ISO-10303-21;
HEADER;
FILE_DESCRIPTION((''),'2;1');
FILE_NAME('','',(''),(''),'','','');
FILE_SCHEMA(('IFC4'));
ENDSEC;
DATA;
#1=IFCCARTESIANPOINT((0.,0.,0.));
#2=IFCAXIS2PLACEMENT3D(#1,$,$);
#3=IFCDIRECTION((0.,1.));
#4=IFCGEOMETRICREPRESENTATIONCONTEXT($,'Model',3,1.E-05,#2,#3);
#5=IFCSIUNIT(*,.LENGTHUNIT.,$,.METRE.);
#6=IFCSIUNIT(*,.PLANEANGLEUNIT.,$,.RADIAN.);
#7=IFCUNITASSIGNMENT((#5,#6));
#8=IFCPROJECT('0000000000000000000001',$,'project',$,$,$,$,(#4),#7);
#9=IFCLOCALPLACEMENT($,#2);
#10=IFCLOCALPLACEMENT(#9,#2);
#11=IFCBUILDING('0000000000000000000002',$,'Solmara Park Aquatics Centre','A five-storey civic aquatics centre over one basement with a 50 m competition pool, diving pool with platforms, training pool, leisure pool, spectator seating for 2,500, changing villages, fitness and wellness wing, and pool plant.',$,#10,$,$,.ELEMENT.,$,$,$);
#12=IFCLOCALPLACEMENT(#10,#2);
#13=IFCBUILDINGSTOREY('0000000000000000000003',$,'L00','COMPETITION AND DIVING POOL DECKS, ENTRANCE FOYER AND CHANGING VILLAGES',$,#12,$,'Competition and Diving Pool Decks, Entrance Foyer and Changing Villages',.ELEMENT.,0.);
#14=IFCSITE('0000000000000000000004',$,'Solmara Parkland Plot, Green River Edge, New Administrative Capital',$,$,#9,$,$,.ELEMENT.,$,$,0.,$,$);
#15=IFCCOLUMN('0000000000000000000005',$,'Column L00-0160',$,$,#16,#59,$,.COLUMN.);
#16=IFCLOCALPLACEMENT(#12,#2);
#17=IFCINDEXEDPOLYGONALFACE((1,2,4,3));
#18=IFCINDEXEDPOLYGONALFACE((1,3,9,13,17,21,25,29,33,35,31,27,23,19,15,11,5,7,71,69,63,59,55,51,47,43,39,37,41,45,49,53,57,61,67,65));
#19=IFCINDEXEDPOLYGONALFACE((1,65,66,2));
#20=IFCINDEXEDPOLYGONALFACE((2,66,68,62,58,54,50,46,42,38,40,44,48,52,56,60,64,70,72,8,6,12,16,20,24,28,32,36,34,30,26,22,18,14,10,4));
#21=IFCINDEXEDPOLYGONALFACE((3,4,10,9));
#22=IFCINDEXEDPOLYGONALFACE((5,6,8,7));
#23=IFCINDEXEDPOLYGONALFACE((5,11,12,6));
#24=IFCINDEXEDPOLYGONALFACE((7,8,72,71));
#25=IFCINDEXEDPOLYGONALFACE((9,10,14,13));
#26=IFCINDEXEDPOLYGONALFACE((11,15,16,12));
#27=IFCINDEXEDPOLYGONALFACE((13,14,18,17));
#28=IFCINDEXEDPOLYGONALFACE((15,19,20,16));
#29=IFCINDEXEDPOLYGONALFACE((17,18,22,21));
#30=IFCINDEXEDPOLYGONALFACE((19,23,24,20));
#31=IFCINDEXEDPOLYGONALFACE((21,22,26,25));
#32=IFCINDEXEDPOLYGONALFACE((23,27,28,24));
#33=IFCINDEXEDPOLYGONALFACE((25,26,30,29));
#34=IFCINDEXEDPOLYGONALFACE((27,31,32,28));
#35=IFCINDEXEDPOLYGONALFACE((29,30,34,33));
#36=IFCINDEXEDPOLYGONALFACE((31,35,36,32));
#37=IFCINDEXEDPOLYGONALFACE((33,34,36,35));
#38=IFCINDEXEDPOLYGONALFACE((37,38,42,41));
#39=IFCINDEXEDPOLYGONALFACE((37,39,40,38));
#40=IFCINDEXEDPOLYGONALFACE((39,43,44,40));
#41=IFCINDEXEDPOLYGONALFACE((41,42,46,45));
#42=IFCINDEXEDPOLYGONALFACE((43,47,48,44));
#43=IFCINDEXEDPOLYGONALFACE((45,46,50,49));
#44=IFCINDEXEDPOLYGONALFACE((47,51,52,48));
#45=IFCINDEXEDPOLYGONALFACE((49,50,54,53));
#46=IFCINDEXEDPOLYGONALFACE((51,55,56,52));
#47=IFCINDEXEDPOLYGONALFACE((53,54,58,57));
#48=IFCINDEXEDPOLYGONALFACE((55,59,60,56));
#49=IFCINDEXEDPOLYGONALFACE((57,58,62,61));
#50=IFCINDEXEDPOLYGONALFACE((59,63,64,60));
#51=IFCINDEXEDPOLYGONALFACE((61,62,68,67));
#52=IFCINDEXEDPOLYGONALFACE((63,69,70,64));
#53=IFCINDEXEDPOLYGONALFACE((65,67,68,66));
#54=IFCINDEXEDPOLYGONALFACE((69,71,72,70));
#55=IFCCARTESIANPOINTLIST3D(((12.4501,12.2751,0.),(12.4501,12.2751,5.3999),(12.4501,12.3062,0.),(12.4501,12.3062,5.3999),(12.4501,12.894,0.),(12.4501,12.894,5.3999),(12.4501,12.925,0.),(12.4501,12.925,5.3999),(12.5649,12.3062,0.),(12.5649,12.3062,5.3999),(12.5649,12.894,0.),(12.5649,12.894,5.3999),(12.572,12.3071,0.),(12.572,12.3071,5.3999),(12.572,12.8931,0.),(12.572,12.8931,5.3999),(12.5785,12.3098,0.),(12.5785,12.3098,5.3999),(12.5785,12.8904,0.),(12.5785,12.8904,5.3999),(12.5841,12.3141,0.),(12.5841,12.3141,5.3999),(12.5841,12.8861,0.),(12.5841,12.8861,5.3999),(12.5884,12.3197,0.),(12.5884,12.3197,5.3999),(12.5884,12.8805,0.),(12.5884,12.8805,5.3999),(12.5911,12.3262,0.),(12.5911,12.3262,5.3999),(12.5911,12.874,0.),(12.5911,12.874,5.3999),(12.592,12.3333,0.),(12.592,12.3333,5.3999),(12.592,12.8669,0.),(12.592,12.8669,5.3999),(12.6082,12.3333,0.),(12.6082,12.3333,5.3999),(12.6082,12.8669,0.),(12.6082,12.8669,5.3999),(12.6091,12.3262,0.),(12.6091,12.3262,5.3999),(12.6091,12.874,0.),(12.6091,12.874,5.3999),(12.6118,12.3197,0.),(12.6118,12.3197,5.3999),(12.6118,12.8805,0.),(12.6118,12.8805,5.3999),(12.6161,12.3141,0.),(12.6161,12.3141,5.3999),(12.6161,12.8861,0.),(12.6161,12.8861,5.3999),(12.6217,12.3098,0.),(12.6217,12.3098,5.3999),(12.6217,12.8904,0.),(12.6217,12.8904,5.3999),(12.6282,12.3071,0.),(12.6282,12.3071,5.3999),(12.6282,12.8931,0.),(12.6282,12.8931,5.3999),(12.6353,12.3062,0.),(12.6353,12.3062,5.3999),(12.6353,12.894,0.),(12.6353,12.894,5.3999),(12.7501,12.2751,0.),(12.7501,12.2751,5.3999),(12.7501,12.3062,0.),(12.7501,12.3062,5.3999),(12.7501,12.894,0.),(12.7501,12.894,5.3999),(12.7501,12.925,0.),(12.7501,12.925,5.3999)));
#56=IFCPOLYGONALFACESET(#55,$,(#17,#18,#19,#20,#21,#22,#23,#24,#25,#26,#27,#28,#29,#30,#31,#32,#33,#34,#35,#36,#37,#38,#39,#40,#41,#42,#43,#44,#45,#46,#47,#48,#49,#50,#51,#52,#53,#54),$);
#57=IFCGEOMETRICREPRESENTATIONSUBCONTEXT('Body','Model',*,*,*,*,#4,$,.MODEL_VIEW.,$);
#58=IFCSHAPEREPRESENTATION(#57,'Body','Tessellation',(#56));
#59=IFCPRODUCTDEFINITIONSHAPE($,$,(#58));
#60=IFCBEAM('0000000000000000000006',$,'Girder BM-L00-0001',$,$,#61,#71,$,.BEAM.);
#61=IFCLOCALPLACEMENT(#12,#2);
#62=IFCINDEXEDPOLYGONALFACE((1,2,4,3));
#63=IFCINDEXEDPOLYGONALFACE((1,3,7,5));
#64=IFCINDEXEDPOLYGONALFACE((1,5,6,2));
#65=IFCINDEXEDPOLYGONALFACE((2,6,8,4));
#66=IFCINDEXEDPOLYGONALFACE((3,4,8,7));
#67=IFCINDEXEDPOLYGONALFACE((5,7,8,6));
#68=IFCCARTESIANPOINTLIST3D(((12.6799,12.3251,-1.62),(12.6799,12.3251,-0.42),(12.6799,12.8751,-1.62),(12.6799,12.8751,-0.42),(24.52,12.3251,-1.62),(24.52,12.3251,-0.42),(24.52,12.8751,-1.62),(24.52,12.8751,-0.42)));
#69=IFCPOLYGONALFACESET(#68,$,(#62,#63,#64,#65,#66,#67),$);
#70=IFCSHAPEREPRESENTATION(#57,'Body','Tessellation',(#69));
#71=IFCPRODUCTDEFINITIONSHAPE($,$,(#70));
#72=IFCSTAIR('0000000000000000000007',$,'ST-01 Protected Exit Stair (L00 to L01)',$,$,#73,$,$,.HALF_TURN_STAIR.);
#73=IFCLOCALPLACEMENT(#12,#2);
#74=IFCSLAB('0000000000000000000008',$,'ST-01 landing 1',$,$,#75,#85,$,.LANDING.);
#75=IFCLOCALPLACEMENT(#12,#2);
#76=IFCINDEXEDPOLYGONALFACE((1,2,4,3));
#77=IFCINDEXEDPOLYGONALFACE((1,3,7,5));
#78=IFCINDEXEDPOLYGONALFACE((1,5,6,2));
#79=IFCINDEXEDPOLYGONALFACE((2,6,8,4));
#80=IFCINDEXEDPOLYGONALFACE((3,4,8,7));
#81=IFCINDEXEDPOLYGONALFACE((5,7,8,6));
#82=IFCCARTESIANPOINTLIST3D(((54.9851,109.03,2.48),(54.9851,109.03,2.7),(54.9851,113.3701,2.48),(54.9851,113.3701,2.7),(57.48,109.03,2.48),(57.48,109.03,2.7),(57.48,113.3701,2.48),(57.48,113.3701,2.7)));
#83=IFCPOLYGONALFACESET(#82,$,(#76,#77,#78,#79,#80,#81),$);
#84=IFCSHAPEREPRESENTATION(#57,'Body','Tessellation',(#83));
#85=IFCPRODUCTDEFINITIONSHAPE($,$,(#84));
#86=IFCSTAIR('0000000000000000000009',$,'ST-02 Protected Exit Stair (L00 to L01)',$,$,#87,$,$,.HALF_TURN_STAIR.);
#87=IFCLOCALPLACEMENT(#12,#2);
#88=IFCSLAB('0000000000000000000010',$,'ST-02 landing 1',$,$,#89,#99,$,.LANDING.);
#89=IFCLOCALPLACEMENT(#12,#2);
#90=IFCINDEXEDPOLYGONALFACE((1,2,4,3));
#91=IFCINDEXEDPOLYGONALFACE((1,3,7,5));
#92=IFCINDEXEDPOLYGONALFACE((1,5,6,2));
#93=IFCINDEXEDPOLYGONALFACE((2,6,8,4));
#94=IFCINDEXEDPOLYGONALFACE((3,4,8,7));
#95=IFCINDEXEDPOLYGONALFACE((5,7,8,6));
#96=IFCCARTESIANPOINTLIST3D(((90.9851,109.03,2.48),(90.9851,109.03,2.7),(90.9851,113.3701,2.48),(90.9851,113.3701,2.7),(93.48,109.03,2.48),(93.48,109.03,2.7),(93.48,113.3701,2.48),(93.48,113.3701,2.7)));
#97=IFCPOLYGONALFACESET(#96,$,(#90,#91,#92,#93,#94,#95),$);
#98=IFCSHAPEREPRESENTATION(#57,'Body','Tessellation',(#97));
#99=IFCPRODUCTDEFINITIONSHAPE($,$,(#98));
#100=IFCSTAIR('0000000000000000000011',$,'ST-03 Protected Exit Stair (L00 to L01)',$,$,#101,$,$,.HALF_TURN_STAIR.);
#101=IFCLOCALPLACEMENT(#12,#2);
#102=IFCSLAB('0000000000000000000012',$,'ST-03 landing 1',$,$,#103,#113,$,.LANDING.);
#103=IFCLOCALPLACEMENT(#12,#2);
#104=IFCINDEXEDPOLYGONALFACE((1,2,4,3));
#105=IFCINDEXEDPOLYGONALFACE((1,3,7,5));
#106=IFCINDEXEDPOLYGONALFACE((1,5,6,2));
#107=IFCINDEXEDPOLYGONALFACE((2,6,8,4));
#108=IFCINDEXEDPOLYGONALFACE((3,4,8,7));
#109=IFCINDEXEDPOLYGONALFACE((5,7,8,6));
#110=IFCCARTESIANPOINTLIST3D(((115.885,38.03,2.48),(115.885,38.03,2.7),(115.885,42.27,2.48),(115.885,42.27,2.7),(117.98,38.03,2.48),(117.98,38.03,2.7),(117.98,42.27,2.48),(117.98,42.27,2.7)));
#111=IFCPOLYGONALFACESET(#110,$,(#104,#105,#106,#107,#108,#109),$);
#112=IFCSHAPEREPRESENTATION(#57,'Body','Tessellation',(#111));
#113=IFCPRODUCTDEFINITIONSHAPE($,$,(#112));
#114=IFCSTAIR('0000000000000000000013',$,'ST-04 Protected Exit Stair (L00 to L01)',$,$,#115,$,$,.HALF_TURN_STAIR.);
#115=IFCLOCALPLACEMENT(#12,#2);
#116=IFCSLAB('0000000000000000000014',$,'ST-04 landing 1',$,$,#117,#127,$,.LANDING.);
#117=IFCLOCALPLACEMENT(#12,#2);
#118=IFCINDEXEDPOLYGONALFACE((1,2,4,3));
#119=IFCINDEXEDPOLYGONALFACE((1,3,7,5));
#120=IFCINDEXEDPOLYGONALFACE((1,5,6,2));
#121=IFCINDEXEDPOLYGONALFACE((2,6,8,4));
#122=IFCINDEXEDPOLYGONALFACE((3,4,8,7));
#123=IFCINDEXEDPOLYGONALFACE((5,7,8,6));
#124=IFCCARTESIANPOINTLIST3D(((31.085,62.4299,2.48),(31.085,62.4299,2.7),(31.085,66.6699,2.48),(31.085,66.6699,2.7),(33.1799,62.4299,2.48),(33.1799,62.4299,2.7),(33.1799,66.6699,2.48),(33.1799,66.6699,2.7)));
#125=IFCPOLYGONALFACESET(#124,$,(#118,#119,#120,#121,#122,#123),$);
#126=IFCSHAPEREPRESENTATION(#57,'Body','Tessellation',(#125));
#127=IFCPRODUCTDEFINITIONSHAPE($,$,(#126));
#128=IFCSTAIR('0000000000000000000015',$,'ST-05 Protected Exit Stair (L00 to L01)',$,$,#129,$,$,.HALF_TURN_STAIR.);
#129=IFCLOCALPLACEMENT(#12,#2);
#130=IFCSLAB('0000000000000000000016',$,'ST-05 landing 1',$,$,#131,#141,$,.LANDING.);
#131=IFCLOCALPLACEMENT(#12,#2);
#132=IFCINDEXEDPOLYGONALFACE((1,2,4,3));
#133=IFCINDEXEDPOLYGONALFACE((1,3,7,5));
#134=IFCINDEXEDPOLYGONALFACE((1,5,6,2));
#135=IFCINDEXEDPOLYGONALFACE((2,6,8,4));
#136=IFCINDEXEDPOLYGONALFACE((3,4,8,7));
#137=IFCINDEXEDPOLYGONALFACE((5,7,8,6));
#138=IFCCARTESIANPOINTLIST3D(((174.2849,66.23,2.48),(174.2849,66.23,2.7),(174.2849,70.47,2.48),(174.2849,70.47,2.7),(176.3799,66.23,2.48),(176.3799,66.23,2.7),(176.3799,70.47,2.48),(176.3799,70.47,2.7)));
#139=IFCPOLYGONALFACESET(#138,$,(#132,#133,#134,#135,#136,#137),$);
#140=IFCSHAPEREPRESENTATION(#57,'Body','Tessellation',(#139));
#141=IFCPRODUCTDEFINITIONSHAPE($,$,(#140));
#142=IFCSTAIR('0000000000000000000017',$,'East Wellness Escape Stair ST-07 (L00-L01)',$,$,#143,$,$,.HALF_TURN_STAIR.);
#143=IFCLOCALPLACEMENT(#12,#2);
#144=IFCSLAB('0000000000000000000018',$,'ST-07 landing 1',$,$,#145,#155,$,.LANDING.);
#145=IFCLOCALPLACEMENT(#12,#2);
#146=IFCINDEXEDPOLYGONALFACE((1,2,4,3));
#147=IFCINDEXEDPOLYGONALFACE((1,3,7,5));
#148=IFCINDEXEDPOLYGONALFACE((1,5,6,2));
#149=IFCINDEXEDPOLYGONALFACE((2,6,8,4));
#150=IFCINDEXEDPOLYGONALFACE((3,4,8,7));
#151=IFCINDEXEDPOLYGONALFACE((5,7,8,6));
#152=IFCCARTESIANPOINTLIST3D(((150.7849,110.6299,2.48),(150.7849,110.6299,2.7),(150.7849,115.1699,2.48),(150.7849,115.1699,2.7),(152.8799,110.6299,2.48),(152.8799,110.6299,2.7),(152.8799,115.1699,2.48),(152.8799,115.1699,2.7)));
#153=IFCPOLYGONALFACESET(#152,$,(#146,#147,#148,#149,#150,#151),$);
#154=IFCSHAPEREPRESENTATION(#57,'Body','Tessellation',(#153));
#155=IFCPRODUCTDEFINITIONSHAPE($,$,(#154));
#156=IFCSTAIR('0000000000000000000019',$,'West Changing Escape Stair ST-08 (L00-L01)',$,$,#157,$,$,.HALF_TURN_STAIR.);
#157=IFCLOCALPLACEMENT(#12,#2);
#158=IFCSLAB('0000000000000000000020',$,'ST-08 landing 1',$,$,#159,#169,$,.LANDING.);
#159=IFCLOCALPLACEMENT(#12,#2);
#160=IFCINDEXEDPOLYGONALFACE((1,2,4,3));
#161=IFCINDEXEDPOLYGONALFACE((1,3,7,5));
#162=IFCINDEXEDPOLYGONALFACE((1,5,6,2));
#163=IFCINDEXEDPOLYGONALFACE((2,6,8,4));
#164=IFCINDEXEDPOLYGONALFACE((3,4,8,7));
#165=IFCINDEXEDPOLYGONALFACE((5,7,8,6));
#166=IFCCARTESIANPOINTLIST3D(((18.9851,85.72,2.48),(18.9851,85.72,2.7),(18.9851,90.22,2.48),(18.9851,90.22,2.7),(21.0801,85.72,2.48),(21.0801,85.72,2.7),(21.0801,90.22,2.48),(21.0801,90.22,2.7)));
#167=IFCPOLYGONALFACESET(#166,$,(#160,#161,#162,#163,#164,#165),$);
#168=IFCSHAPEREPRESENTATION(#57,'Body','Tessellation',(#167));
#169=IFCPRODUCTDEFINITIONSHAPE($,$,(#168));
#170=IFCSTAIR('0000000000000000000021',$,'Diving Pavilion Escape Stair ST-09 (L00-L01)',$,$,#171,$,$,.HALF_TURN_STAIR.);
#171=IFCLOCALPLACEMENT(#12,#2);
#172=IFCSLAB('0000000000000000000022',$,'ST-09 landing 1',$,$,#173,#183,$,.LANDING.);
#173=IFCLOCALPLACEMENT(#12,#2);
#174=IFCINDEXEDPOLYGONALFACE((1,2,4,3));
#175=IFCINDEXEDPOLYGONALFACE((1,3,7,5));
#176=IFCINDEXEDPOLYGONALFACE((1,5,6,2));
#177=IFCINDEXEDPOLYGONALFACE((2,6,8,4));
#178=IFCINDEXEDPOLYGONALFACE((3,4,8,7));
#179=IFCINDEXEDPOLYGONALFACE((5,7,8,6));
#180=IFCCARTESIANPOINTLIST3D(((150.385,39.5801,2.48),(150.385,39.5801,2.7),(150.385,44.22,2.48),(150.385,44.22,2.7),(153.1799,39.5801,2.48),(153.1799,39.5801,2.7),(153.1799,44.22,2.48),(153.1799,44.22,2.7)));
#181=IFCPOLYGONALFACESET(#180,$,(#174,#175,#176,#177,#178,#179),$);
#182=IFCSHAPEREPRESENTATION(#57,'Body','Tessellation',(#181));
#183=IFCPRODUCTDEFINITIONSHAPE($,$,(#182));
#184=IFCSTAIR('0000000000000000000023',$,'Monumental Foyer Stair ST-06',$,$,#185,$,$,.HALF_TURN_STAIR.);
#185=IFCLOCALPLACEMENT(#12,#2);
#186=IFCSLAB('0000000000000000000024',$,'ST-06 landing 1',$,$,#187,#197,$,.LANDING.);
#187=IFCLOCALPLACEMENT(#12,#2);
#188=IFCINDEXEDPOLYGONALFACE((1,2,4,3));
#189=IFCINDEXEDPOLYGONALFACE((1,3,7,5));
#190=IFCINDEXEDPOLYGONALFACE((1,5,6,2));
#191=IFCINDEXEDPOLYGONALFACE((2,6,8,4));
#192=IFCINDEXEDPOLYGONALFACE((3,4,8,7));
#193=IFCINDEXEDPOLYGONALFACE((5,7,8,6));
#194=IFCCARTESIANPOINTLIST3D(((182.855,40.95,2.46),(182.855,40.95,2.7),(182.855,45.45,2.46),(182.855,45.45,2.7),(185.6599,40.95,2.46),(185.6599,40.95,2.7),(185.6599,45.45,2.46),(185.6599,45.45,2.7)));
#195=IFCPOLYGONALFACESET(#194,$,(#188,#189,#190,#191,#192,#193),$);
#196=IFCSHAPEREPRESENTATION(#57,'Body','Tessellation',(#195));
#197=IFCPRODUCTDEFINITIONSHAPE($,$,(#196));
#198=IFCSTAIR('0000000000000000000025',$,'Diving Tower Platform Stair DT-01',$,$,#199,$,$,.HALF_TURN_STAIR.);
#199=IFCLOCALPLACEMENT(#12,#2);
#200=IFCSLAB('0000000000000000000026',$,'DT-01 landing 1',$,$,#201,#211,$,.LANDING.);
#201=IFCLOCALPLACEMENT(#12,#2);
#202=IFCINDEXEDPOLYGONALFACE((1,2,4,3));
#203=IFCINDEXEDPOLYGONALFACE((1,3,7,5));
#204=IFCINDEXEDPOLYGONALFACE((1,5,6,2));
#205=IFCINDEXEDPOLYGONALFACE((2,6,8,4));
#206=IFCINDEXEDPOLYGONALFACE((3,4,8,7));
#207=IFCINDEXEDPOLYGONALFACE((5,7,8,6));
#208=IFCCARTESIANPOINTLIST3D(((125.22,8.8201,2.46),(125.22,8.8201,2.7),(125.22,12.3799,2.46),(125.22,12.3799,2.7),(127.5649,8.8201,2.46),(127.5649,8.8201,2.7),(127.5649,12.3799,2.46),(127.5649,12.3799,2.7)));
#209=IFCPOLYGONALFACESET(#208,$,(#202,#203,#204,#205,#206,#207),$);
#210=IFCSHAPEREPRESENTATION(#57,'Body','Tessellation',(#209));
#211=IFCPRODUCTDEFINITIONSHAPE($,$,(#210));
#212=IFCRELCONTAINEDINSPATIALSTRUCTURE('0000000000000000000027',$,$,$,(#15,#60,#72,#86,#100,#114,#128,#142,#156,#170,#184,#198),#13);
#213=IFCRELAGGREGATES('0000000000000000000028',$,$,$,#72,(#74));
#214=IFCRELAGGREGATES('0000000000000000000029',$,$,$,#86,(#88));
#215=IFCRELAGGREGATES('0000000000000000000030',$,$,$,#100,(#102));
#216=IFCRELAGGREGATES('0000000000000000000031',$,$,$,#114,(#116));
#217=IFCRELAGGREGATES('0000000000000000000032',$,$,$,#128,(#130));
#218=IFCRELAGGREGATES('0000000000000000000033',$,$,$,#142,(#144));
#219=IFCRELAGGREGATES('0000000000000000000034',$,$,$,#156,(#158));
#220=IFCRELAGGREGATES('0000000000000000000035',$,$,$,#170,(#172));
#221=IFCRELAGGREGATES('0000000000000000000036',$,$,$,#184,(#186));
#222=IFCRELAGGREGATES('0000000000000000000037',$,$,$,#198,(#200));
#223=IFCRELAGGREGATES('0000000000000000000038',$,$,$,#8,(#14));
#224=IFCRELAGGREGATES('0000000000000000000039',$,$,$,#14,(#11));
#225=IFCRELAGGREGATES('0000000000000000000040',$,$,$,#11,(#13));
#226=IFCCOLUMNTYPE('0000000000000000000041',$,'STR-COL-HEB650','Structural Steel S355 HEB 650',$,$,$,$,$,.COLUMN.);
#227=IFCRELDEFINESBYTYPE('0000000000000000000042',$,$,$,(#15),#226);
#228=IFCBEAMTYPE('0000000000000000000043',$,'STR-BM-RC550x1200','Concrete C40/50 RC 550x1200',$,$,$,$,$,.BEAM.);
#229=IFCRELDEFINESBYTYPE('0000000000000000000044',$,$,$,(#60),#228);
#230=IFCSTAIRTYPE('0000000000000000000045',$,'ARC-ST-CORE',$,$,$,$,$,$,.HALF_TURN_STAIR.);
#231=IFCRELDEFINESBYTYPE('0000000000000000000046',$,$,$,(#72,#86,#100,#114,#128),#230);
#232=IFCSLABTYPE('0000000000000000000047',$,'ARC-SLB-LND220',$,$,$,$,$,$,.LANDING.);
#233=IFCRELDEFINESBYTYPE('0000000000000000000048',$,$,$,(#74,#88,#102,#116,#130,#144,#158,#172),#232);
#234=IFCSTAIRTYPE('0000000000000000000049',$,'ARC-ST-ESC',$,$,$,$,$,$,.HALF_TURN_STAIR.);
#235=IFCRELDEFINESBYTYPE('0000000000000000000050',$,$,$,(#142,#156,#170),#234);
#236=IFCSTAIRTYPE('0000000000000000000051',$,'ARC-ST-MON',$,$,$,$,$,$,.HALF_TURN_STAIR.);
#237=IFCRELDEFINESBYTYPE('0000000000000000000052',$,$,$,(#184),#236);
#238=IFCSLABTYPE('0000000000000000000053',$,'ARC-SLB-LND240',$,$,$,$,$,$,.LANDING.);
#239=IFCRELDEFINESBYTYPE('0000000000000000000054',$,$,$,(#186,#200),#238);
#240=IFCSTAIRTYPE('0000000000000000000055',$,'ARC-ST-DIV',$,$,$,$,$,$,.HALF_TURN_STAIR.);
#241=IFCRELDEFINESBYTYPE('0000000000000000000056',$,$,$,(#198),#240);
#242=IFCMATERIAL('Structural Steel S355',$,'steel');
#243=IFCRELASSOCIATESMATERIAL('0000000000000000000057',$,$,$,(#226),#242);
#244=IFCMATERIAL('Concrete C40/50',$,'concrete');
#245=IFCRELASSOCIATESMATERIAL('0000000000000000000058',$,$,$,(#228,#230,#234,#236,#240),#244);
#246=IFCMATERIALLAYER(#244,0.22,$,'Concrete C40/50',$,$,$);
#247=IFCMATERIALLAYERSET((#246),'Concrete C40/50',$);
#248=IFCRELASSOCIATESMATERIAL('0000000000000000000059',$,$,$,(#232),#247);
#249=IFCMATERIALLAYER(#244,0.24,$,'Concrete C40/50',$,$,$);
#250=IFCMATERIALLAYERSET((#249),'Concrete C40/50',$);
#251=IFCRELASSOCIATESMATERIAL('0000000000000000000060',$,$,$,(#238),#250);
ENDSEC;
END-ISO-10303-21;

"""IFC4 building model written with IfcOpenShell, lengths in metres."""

from ifc_helpers import new_model, si_unit, direction, frame, origin, origin_2d, place, context, subcontext, project, spatial, polyline, rectangle, i_section, outline, extrude, material, layer, layer_set, material_profile, profile_set, type_object, element, aggregate, save


model = new_model("IFC4")

# Units and contexts
model_context = context("Model", 3, precision=1e-05, world=origin(), true_north=direction((0.0, 1.0)))
body_context = subcontext(model_context, "Body", "Model", "MODEL_VIEW")
ifc_project = project(units=[si_unit("LENGTHUNIT", "METRE"), si_unit("PLANEANGLEUNIT", "RADIAN")], contexts=[model_context])

# Site, building, storey
site_placement = place(None, origin())
site = spatial("IfcSite", under=ifc_project, at=site_placement, Name="Solmara Parkland Plot, Green River Edge, New Administrative Capital", CompositionType="ELEMENT", RefElevation=0.0)
building_placement = place(site_placement, origin())
building = spatial("IfcBuilding", under=site, at=building_placement, Name="Solmara Park Aquatics Centre", Description="A five-storey civic aquatics centre over one basement with a 50 m competition pool, diving pool with platforms, training pool, leisure pool, spectator seating for 2,500, changing villages, fitness and wellness wing, and pool plant.", CompositionType="ELEMENT")
storey_placement = place(building_placement, origin())
storey = spatial("IfcBuildingStorey", under=building, at=storey_placement, Name="L00", Description="COMPETITION AND DIVING POOL DECKS, ENTRANCE FOYER AND CHANGING VILLAGES", LongName="Competition and Diving Pool Decks, Entrance Foyer and Changing Villages", CompositionType="ELEMENT", Elevation=0.0)

# Column
ifc_material_1 = material(Name="Structural Steel S355", Category="steel")
ifc_material_profile_1 = material_profile(ifc_material_1, i_section(OverallWidth=0.3, OverallDepth=0.6499, WebThickness=0.0161, FlangeThickness=0.031, FilletRadius=0.0271, at=origin_2d()), Name="HEB 650")
ifc_profile_set_1 = profile_set([ifc_material_profile_1], Name="Structural Steel S355")
column_type = type_object("IfcColumnType", Name="STR-COL-HEB650", Description="Structural Steel S355 HEB 650", PredefinedType="COLUMN", material=ifc_profile_set_1)
column_placement = place(storey_placement, frame((12.6001, 12.6001, 0.0), z_axis=(0.0, 0.0, 1.0), x_axis=(1.0, 0.0, 0.0)))
element("IfcColumn", 1, at=column_placement, inside=storey, type_object=column_type, Name="Column L00-0160", PredefinedType="COLUMN", context=body_context, shape_type="SweptSolid", body=[
    extrude(i_section(OverallWidth=0.3, OverallDepth=0.6499, WebThickness=0.0161, FlangeThickness=0.031, FilletRadius=0.0271, at=origin_2d()), origin(), (0.0, 0.0, 1.0), 5.3999),
])

# Beam
ifc_material_2 = material(Name="Concrete C40/50", Category="concrete")
ifc_material_profile_2 = material_profile(ifc_material_2, rectangle(XDim=0.55, YDim=1.2, at=origin_2d()), Name="RC 550x1200")
ifc_profile_set_2 = profile_set([ifc_material_profile_2], Name="Concrete C40/50")
beam_type = type_object("IfcBeamType", Name="STR-BM-RC550x1200", Description="Concrete C40/50 RC 550x1200", PredefinedType="BEAM", material=ifc_profile_set_2)
beam_placement = place(storey_placement, frame((12.6799, 12.6001, -1.02), z_axis=(1.0, 0.0, 0.0), x_axis=(0.0, 1.0, 0.0)))
element("IfcBeam", 2, at=beam_placement, inside=storey, type_object=beam_type, Name="Girder BM-L00-0001", PredefinedType="BEAM", context=body_context, shape_type="SweptSolid", body=[
    extrude(rectangle(XDim=0.55, YDim=1.2, at=origin_2d()), origin(), (0.0, 0.0, 1.0), 11.8401),
])

# Stairs, slabs
stair_type_1 = type_object("IfcStairType", Name="ARC-ST-CORE", PredefinedType="HALF_TURN_STAIR", material=ifc_material_2)
stair_1_placement = place(storey_placement, origin())
stair_1 = element("IfcStair", 3, at=stair_1_placement, inside=storey, type_object=stair_type_1, Name="ST-01 Protected Exit Stair (L00 to L01)", PredefinedType="HALF_TURN_STAIR")
ifc_layer_1 = layer(ifc_material_2, 0.22, Name="Concrete C40/50")
ifc_layer_set_1 = layer_set([ifc_layer_1], Name="Concrete C40/50")
slab_type_1 = type_object("IfcSlabType", Name="ARC-SLB-LND220", PredefinedType="LANDING", material=ifc_layer_set_1)
slab_1_placement = place(storey_placement, frame((0.0, 0.0, 2.48)))
slab_1 = element("IfcSlab", 4, at=slab_1_placement, type_object=slab_type_1, Name="ST-01 landing 1", PredefinedType="LANDING", context=body_context, shape_type="SweptSolid", body=[
    extrude(outline(polyline([(54.9851, 109.03), (57.48, 109.03), (57.48, 113.3701), (54.9851, 113.3701), (54.9851, 109.03)])), origin(), (0.0, 0.0, 1.0), 0.22),
])
aggregate(stair_1, [slab_1])
stair_2_placement = place(storey_placement, origin())
stair_2 = element("IfcStair", 5, at=stair_2_placement, inside=storey, type_object=stair_type_1, Name="ST-02 Protected Exit Stair (L00 to L01)", PredefinedType="HALF_TURN_STAIR")
slab_2_placement = place(storey_placement, frame((0.0, 0.0, 2.48)))
slab_2 = element("IfcSlab", 6, at=slab_2_placement, type_object=slab_type_1, Name="ST-02 landing 1", PredefinedType="LANDING", context=body_context, shape_type="SweptSolid", body=[
    extrude(outline(polyline([(90.9851, 109.03), (93.48, 109.03), (93.48, 113.3701), (90.9851, 113.3701), (90.9851, 109.03)])), origin(), (0.0, 0.0, 1.0), 0.22),
])
aggregate(stair_2, [slab_2])
stair_3_placement = place(storey_placement, origin())
stair_3 = element("IfcStair", 7, at=stair_3_placement, inside=storey, type_object=stair_type_1, Name="ST-03 Protected Exit Stair (L00 to L01)", PredefinedType="HALF_TURN_STAIR")
slab_3_placement = place(storey_placement, frame((0.0, 0.0, 2.48)))
slab_3 = element("IfcSlab", 8, at=slab_3_placement, type_object=slab_type_1, Name="ST-03 landing 1", PredefinedType="LANDING", context=body_context, shape_type="SweptSolid", body=[
    extrude(outline(polyline([(115.885, 38.03), (117.98, 38.03), (117.98, 42.27), (115.885, 42.27), (115.885, 38.03)])), origin(), (0.0, 0.0, 1.0), 0.22),
])
aggregate(stair_3, [slab_3])
stair_4_placement = place(storey_placement, origin())
stair_4 = element("IfcStair", 9, at=stair_4_placement, inside=storey, type_object=stair_type_1, Name="ST-04 Protected Exit Stair (L00 to L01)", PredefinedType="HALF_TURN_STAIR")
slab_4_placement = place(storey_placement, frame((0.0, 0.0, 2.48)))
slab_4 = element("IfcSlab", 10, at=slab_4_placement, type_object=slab_type_1, Name="ST-04 landing 1", PredefinedType="LANDING", context=body_context, shape_type="SweptSolid", body=[
    extrude(outline(polyline([(31.085, 62.4299), (33.1799, 62.4299), (33.1799, 66.6699), (31.085, 66.6699), (31.085, 62.4299)])), origin(), (0.0, 0.0, 1.0), 0.22),
])
aggregate(stair_4, [slab_4])
stair_5_placement = place(storey_placement, origin())
stair_5 = element("IfcStair", 11, at=stair_5_placement, inside=storey, type_object=stair_type_1, Name="ST-05 Protected Exit Stair (L00 to L01)", PredefinedType="HALF_TURN_STAIR")
slab_5_placement = place(storey_placement, frame((0.0, 0.0, 2.48)))
slab_5 = element("IfcSlab", 12, at=slab_5_placement, type_object=slab_type_1, Name="ST-05 landing 1", PredefinedType="LANDING", context=body_context, shape_type="SweptSolid", body=[
    extrude(outline(polyline([(174.2849, 66.23), (176.3799, 66.23), (176.3799, 70.47), (174.2849, 70.47), (174.2849, 66.23)])), origin(), (0.0, 0.0, 1.0), 0.22),
])
aggregate(stair_5, [slab_5])
stair_type_2 = type_object("IfcStairType", Name="ARC-ST-ESC", PredefinedType="HALF_TURN_STAIR", material=ifc_material_2)
stair_6_placement = place(storey_placement, origin())
stair_6 = element("IfcStair", 13, at=stair_6_placement, inside=storey, type_object=stair_type_2, Name="East Wellness Escape Stair ST-07 (L00-L01)", PredefinedType="HALF_TURN_STAIR")
slab_6_placement = place(storey_placement, frame((0.0, 0.0, 2.48)))
slab_6 = element("IfcSlab", 14, at=slab_6_placement, type_object=slab_type_1, Name="ST-07 landing 1", PredefinedType="LANDING", context=body_context, shape_type="SweptSolid", body=[
    extrude(outline(polyline([(150.7849, 110.6299), (152.8799, 110.6299), (152.8799, 115.1699), (150.7849, 115.1699), (150.7849, 110.6299)])), origin(), (0.0, 0.0, 1.0), 0.22),
])
aggregate(stair_6, [slab_6])
stair_7_placement = place(storey_placement, origin())
stair_7 = element("IfcStair", 15, at=stair_7_placement, inside=storey, type_object=stair_type_2, Name="West Changing Escape Stair ST-08 (L00-L01)", PredefinedType="HALF_TURN_STAIR")
slab_7_placement = place(storey_placement, frame((0.0, 0.0, 2.48)))
slab_7 = element("IfcSlab", 16, at=slab_7_placement, type_object=slab_type_1, Name="ST-08 landing 1", PredefinedType="LANDING", context=body_context, shape_type="SweptSolid", body=[
    extrude(outline(polyline([(18.9851, 85.72), (21.0801, 85.72), (21.0801, 90.22), (18.9851, 90.22), (18.9851, 85.72)])), origin(), (0.0, 0.0, 1.0), 0.22),
])
aggregate(stair_7, [slab_7])
stair_8_placement = place(storey_placement, origin())
stair_8 = element("IfcStair", 17, at=stair_8_placement, inside=storey, type_object=stair_type_2, Name="Diving Pavilion Escape Stair ST-09 (L00-L01)", PredefinedType="HALF_TURN_STAIR")
slab_8_placement = place(storey_placement, frame((0.0, 0.0, 2.48)))
slab_8 = element("IfcSlab", 18, at=slab_8_placement, type_object=slab_type_1, Name="ST-09 landing 1", PredefinedType="LANDING", context=body_context, shape_type="SweptSolid", body=[
    extrude(outline(polyline([(150.385, 39.5801), (153.1799, 39.5801), (153.1799, 44.22), (150.385, 44.22), (150.385, 39.5801)])), origin(), (0.0, 0.0, 1.0), 0.22),
])
aggregate(stair_8, [slab_8])
stair_type_3 = type_object("IfcStairType", Name="ARC-ST-MON", PredefinedType="HALF_TURN_STAIR", material=ifc_material_2)
stair_9_placement = place(storey_placement, origin())
stair_9 = element("IfcStair", 19, at=stair_9_placement, inside=storey, type_object=stair_type_3, Name="Monumental Foyer Stair ST-06", PredefinedType="HALF_TURN_STAIR")
ifc_layer_2 = layer(ifc_material_2, 0.24, Name="Concrete C40/50")
ifc_layer_set_2 = layer_set([ifc_layer_2], Name="Concrete C40/50")
slab_type_2 = type_object("IfcSlabType", Name="ARC-SLB-LND240", PredefinedType="LANDING", material=ifc_layer_set_2)
slab_9_placement = place(storey_placement, frame((0.0, 0.0, 2.46)))
slab_9 = element("IfcSlab", 20, at=slab_9_placement, type_object=slab_type_2, Name="ST-06 landing 1", PredefinedType="LANDING", context=body_context, shape_type="SweptSolid", body=[
    extrude(outline(polyline([(182.855, 40.95), (185.6599, 40.95), (185.6599, 45.45), (182.855, 45.45), (182.855, 40.95)])), origin(), (0.0, 0.0, 1.0), 0.24),
])
aggregate(stair_9, [slab_9])
stair_type_4 = type_object("IfcStairType", Name="ARC-ST-DIV", PredefinedType="HALF_TURN_STAIR", material=ifc_material_2)
stair_10_placement = place(storey_placement, origin())
stair_10 = element("IfcStair", 21, at=stair_10_placement, inside=storey, type_object=stair_type_4, Name="Diving Tower Platform Stair DT-01", PredefinedType="HALF_TURN_STAIR")
slab_10_placement = place(storey_placement, frame((0.0, 0.0, 2.46)))
slab_10 = element("IfcSlab", 22, at=slab_10_placement, type_object=slab_type_2, Name="DT-01 landing 1", PredefinedType="LANDING", context=body_context, shape_type="SweptSolid", body=[
    extrude(outline(polyline([(125.22, 8.8201), (127.5649, 8.8201), (127.5649, 12.3799), (125.22, 12.3799), (125.22, 8.8201)])), origin(), (0.0, 0.0, 1.0), 0.24),
])
aggregate(stair_10, [slab_10])

save(model, "model.ifc")
